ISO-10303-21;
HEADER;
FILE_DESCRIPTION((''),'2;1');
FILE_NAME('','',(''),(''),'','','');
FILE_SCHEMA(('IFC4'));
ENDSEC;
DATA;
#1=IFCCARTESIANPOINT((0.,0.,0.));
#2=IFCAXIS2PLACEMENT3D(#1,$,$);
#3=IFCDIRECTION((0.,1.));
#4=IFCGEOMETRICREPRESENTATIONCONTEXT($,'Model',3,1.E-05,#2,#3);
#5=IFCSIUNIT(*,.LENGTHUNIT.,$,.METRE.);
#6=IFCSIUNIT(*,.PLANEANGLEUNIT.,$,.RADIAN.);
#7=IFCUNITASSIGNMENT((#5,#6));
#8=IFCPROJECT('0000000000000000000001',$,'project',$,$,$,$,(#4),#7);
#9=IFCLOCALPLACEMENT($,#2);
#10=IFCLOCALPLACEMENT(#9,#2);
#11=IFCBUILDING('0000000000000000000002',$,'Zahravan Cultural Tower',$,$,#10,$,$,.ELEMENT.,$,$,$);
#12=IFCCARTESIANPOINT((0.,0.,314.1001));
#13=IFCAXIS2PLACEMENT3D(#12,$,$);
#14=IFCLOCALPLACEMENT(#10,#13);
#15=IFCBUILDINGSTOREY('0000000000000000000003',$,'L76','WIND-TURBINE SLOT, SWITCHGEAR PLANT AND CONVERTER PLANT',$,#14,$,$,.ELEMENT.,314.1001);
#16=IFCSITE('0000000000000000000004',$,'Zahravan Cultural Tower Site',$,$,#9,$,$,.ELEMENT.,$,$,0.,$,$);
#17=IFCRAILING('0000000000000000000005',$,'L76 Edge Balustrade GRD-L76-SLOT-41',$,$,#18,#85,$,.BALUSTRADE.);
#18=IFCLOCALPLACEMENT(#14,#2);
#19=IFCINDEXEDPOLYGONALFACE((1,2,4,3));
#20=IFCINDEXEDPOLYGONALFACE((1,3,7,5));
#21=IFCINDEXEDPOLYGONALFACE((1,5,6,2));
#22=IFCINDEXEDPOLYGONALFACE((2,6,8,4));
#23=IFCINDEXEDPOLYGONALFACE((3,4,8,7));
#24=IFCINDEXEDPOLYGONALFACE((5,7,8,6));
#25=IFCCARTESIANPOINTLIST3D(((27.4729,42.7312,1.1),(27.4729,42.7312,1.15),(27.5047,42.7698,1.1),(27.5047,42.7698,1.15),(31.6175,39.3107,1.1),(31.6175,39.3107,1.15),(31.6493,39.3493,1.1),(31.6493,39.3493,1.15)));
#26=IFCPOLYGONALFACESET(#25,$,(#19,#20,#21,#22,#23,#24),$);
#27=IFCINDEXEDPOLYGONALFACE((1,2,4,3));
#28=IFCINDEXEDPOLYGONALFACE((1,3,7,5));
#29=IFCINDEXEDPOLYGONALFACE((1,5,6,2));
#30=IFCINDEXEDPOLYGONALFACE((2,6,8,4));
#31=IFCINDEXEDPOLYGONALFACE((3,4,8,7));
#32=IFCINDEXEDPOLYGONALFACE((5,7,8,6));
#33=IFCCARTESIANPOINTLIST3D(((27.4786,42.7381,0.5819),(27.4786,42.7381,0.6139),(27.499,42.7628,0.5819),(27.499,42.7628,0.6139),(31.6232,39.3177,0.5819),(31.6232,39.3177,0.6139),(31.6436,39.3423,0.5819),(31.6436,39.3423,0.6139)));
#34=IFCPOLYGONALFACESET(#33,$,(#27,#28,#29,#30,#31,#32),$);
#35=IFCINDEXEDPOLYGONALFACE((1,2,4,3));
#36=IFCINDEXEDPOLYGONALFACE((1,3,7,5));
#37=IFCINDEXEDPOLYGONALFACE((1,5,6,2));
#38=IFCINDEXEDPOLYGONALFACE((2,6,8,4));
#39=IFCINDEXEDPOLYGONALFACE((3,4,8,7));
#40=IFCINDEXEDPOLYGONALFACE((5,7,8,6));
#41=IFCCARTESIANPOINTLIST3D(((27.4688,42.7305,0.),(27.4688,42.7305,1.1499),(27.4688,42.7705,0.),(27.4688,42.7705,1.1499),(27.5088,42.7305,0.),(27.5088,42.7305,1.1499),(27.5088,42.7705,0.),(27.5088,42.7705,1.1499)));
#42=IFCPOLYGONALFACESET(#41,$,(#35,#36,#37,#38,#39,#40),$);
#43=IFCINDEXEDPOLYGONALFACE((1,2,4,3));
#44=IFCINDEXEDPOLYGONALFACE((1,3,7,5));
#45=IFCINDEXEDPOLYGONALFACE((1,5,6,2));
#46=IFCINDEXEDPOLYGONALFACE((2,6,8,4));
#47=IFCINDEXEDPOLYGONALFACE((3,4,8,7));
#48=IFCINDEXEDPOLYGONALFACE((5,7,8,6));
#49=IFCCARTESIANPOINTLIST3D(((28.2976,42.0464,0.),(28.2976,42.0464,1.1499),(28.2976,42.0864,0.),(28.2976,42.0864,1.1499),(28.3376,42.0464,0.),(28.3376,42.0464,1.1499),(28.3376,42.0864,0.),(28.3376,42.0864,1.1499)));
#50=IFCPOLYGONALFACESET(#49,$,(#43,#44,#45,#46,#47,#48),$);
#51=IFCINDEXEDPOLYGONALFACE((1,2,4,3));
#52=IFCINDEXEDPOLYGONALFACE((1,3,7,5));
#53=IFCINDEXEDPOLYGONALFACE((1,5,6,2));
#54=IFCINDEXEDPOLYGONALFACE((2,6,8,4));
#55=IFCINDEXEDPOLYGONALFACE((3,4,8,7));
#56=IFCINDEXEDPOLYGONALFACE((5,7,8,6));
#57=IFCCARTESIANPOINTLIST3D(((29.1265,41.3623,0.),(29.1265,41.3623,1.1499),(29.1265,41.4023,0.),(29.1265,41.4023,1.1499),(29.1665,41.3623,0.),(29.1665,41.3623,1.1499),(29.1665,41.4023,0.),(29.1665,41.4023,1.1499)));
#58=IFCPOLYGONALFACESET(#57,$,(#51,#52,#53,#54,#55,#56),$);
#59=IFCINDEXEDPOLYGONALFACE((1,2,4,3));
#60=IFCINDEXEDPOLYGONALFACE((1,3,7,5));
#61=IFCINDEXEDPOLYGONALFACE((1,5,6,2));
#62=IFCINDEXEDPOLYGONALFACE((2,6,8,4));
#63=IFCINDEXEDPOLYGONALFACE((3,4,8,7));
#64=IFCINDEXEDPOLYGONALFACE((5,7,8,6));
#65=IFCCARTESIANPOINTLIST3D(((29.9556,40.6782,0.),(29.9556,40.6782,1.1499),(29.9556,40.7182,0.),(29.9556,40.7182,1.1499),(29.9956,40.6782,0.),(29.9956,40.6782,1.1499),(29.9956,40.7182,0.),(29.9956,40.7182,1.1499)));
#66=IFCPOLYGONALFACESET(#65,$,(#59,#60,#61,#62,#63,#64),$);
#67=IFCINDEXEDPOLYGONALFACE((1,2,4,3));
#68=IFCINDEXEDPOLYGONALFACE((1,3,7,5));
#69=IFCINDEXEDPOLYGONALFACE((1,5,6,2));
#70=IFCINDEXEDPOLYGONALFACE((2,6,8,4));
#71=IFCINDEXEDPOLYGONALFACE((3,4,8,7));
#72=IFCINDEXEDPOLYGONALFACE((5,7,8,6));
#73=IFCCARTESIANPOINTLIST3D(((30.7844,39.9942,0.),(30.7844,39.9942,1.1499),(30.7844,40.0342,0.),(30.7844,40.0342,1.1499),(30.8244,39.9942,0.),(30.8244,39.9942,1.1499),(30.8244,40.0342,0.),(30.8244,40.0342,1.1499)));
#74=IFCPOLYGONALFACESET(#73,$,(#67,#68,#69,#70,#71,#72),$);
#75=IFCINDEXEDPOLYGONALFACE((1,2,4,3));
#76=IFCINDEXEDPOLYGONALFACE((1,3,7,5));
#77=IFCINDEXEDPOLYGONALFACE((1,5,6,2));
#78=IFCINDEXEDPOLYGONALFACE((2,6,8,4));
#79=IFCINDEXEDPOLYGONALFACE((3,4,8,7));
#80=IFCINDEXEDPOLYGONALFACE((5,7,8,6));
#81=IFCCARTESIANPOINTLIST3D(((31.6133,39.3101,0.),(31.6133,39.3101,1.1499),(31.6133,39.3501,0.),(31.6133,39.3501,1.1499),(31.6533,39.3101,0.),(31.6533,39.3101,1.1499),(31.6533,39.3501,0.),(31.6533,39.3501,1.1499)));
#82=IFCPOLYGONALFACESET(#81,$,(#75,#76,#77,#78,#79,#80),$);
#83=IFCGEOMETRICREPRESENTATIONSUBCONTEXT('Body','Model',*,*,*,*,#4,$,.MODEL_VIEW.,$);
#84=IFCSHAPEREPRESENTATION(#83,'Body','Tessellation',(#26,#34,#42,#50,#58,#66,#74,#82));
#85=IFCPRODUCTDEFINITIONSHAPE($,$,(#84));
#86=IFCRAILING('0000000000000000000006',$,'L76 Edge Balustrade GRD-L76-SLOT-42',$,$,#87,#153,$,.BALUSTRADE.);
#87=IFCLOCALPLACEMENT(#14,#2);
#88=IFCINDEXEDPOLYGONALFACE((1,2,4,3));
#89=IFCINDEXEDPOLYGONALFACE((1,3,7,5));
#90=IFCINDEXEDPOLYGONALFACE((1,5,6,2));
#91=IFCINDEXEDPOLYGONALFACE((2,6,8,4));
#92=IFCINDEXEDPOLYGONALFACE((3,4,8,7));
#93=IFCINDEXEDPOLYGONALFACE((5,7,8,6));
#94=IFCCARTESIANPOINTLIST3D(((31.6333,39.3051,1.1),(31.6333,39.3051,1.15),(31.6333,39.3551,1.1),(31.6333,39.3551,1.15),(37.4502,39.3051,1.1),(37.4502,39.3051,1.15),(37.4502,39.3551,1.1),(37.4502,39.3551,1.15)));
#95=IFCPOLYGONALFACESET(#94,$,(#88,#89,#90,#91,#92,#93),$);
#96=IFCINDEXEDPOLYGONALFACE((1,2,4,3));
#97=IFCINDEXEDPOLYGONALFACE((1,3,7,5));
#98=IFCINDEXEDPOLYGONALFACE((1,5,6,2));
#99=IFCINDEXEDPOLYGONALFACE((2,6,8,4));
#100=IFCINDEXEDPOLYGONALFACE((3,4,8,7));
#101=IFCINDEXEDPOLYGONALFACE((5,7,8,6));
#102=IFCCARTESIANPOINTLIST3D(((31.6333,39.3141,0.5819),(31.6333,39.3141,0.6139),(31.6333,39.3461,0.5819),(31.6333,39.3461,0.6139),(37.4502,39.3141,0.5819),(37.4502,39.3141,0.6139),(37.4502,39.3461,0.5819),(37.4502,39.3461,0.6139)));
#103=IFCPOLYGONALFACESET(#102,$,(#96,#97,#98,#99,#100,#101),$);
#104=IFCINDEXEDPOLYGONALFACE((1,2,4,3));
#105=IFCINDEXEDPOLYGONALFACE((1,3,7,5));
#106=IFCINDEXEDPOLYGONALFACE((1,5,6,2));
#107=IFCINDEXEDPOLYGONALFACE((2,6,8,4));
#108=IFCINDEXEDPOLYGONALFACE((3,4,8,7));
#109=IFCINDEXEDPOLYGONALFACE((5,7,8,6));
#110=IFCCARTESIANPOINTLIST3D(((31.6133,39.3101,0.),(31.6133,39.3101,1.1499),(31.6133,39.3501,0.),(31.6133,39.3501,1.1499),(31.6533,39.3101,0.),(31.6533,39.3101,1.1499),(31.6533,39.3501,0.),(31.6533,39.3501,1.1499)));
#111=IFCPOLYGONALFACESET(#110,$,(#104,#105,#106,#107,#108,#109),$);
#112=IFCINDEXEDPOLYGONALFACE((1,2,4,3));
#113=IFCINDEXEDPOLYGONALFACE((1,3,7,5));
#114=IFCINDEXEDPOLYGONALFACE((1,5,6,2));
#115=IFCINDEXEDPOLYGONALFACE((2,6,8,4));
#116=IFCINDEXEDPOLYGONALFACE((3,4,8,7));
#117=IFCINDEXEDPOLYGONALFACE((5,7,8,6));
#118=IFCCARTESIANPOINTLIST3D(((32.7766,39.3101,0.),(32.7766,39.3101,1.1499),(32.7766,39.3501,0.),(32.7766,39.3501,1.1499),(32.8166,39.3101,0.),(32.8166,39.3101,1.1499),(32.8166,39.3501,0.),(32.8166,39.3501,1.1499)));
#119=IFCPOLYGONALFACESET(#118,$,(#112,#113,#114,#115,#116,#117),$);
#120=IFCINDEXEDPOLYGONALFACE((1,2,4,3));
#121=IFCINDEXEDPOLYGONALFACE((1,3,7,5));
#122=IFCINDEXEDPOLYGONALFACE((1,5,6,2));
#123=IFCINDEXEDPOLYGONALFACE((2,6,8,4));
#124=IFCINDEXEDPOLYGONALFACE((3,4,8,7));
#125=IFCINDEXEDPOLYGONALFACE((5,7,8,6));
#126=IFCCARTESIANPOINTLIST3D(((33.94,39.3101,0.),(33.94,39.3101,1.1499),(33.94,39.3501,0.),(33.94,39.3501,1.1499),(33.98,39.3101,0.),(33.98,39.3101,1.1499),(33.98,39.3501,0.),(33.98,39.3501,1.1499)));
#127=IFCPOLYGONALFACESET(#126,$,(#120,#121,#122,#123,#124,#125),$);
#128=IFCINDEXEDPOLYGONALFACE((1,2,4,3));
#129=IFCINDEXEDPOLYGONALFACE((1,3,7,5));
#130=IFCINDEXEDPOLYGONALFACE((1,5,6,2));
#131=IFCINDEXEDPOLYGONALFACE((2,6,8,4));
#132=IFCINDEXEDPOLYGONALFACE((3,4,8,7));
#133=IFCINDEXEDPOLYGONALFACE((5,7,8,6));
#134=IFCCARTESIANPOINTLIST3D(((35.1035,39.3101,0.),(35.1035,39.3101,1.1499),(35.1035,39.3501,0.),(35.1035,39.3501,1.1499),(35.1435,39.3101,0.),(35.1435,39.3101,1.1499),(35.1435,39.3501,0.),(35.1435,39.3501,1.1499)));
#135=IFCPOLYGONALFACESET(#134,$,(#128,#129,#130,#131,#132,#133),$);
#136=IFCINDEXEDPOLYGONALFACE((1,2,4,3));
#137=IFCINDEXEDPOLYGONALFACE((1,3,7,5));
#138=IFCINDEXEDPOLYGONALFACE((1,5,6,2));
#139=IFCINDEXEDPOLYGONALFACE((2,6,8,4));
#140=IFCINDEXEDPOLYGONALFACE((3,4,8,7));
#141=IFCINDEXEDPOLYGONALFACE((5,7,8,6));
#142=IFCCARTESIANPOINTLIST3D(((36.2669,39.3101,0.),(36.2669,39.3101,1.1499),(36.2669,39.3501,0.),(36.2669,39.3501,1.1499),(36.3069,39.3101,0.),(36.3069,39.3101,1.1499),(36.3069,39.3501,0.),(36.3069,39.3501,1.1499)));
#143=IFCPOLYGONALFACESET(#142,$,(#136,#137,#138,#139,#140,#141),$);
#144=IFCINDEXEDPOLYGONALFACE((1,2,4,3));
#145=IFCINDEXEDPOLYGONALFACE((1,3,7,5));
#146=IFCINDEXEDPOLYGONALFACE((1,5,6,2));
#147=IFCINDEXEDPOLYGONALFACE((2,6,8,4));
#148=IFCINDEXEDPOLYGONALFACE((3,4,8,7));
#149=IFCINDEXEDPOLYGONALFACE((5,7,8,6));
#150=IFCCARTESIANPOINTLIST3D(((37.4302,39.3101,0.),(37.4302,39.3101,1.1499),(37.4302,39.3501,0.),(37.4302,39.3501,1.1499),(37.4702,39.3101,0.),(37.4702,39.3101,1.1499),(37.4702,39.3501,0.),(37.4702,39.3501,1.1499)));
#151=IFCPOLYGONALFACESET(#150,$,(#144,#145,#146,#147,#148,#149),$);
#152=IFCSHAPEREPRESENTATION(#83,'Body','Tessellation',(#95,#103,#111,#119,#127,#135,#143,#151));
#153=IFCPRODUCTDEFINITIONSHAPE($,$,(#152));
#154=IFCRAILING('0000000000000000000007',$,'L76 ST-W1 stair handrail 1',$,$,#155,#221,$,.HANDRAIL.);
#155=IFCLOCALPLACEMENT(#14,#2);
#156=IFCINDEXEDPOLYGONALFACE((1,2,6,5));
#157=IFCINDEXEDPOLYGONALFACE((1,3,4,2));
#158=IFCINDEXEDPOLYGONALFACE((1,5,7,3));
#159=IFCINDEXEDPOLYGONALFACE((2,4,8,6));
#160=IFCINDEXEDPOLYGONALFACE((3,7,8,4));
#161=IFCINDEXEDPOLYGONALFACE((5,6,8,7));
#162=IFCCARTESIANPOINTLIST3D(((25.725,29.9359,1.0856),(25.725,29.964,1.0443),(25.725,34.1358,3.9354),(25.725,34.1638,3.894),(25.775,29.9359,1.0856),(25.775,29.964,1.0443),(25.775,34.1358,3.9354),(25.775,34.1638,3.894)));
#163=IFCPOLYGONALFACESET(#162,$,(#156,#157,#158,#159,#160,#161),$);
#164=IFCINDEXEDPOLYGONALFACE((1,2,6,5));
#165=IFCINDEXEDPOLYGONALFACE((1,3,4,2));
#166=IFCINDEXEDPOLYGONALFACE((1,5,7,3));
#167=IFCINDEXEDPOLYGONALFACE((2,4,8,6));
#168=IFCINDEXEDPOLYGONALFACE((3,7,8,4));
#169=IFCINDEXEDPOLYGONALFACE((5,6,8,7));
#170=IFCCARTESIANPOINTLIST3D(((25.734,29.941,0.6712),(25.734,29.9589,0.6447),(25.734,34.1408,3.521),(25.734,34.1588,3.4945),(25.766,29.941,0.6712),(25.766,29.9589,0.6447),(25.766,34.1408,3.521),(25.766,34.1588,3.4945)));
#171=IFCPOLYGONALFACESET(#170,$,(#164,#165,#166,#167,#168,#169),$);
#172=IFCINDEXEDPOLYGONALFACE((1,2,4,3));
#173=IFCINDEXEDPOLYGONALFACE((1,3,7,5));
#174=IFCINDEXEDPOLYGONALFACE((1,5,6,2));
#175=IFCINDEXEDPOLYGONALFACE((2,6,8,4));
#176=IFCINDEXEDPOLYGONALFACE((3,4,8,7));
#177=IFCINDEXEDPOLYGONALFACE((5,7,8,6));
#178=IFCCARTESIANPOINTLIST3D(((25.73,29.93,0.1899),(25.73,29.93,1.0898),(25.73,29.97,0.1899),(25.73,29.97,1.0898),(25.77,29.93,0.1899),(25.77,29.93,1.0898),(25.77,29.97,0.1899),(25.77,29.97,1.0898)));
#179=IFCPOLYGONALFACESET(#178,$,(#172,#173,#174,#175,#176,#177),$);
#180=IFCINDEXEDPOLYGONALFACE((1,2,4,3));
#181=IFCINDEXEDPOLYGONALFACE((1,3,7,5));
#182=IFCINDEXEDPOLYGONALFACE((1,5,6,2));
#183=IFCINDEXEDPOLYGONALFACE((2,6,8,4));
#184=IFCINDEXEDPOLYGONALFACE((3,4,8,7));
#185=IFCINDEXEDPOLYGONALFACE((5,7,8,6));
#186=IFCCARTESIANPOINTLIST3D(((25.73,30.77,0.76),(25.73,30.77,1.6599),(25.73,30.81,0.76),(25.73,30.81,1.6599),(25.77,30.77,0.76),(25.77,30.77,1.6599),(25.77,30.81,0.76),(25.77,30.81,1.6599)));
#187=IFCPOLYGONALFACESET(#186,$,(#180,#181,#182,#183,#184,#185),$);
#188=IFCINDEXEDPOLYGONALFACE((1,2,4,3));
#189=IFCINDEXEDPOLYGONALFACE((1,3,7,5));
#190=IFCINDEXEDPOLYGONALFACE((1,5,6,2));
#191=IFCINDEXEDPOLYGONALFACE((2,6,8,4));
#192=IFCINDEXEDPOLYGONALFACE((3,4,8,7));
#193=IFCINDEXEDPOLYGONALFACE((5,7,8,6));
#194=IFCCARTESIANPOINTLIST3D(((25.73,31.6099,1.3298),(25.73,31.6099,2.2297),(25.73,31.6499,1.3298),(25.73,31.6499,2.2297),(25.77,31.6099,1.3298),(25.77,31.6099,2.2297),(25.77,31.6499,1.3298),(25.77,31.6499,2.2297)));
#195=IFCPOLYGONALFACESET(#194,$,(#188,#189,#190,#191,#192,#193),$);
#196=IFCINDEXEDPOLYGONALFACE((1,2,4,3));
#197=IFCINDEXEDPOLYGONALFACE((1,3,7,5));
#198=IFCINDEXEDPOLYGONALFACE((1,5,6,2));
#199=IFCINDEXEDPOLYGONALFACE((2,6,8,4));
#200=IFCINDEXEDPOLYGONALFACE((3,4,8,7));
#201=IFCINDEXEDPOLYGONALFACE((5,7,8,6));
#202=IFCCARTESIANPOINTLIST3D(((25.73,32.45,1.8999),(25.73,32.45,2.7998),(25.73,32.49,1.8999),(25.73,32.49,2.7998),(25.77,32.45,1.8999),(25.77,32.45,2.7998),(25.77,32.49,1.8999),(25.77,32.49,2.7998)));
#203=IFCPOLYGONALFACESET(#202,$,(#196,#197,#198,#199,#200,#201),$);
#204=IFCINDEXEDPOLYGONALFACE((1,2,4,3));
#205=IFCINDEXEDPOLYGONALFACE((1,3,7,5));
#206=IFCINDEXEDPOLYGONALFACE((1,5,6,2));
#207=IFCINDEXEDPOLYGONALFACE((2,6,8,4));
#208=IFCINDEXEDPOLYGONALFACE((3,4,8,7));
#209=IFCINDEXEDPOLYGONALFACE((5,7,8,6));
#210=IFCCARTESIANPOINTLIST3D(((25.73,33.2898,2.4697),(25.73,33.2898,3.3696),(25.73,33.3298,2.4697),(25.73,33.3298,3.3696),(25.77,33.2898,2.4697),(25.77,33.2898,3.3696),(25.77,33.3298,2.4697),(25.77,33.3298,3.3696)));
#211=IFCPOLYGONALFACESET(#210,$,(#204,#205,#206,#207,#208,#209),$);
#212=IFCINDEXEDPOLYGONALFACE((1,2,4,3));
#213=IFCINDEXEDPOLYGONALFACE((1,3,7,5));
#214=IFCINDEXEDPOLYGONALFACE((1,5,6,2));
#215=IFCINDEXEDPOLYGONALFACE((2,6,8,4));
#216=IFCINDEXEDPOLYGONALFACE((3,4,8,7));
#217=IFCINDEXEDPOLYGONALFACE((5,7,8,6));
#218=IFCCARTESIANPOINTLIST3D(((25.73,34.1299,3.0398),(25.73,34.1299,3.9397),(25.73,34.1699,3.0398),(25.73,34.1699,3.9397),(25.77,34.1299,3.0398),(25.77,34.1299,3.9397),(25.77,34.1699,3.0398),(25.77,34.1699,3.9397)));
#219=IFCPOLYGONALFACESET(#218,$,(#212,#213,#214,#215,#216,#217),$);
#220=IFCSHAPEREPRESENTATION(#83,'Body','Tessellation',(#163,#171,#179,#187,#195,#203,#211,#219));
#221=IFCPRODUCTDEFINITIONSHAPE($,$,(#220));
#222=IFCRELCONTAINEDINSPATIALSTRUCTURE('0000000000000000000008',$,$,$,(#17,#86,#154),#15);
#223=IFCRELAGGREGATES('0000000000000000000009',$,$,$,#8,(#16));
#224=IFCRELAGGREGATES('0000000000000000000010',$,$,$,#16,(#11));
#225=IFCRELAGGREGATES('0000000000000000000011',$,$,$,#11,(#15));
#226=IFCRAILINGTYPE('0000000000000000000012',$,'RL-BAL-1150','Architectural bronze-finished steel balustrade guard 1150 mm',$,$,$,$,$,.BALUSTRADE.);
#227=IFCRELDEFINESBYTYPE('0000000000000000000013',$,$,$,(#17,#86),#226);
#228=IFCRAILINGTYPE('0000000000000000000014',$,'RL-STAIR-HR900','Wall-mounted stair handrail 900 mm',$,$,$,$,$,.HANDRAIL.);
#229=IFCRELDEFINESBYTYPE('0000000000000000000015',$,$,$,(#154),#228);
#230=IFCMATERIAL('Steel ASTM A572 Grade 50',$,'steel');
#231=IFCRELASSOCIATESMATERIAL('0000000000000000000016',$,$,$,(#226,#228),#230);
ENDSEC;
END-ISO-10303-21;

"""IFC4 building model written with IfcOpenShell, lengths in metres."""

from ifc_helpers import new_model, si_unit, direction, frame, origin, origin_2d, place, context, subcontext, project, spatial, rectangle, extrude, material, type_object, element, save


model = new_model("IFC4")

# Units and contexts
model_context = context("Model", 3, precision=1e-05, world=origin(), true_north=direction((0.0, 1.0)))
body_context = subcontext(model_context, "Body", "Model", "MODEL_VIEW")
ifc_project = project(units=[si_unit("LENGTHUNIT", "METRE"), si_unit("PLANEANGLEUNIT", "RADIAN")], contexts=[model_context])

# Site, building, storey
site_placement = place(None, origin())
site = spatial("IfcSite", under=ifc_project, at=site_placement, Name="Zahravan Cultural Tower Site", CompositionType="ELEMENT", RefElevation=0.0)
building_placement = place(site_placement, origin())
building = spatial("IfcBuilding", under=site, at=building_placement, Name="Zahravan Cultural Tower", CompositionType="ELEMENT")
storey_placement = place(building_placement, frame((0.0, 0.0, 314.1001)))
storey = spatial("IfcBuildingStorey", under=building, at=storey_placement, Name="L76", Description="WIND-TURBINE SLOT, SWITCHGEAR PLANT AND CONVERTER PLANT", CompositionType="ELEMENT", Elevation=314.1001)

# Shared definitions
ifc_material_1 = material(Name="Steel ASTM A572 Grade 50", Category="steel")

# Railings
railing_type_1 = type_object("IfcRailingType", Name="RL-BAL-1150", Description="Architectural bronze-finished steel balustrade guard 1150 mm", PredefinedType="BALUSTRADE", material=ifc_material_1)
railing_1_placement = place(storey_placement, frame((27.4888, 42.7505, 0.0)))
element("IfcRailing", 1, at=railing_1_placement, inside=storey, type_object=railing_type_1, Name="L76 Edge Balustrade GRD-L76-SLOT-41", PredefinedType="BALUSTRADE", context=body_context, shape_type="SweptSolid", body=[
    extrude(rectangle(XDim=0.05, YDim=0.05, at=origin_2d()), frame((0.0, 0.0, 1.125), z_axis=(0.771266, -0.636513, 0.0), x_axis=(0.636513, 0.771266, 0.0)), (0.0, 0.0, 1.0), 5.3738),
    extrude(rectangle(XDim=0.032, YDim=0.032, at=origin_2d()), frame((0.0, 0.0, 0.5979), z_axis=(0.771266, -0.636513, 0.0), x_axis=(0.636513, 0.771266, 0.0)), (0.0, 0.0, 1.0), 5.3738),
    extrude(rectangle(XDim=0.04, YDim=0.04, at=origin_2d()), origin(), (0.0, 0.0, 1.0), 1.1499),
    extrude(rectangle(XDim=0.04, YDim=0.04, at=origin_2d()), frame((0.8289, -0.6841, 0.0)), (0.0, 0.0, 1.0), 1.1499),
    extrude(rectangle(XDim=0.04, YDim=0.04, at=origin_2d()), frame((1.6577, -1.3682, 0.0)), (0.0, 0.0, 1.0), 1.1499),
    extrude(rectangle(XDim=0.04, YDim=0.04, at=origin_2d()), frame((2.4868, -2.0522, 0.0)), (0.0, 0.0, 1.0), 1.1499),
    extrude(rectangle(XDim=0.04, YDim=0.04, at=origin_2d()), frame((3.3157, -2.7363, 0.0)), (0.0, 0.0, 1.0), 1.1499),
    extrude(rectangle(XDim=0.04, YDim=0.04, at=origin_2d()), frame((4.1445, -3.4204, 0.0)), (0.0, 0.0, 1.0), 1.1499),
])
railing_2_placement = place(storey_placement, frame((31.6333, 39.3301, 0.0)))
element("IfcRailing", 2, at=railing_2_placement, inside=storey, type_object=railing_type_1, Name="L76 Edge Balustrade GRD-L76-SLOT-42", PredefinedType="BALUSTRADE", context=body_context, shape_type="SweptSolid", body=[
    extrude(rectangle(XDim=0.05, YDim=0.05, at=origin_2d()), frame((0.0, 0.0, 1.125), z_axis=(1.0, 0.0, 0.0), x_axis=(0.0, 1.0, 0.0)), (0.0, 0.0, 1.0), 5.8169),
    extrude(rectangle(XDim=0.032, YDim=0.032, at=origin_2d()), frame((0.0, 0.0, 0.5979), z_axis=(1.0, 0.0, 0.0), x_axis=(0.0, 1.0, 0.0)), (0.0, 0.0, 1.0), 5.8169),
    extrude(rectangle(XDim=0.04, YDim=0.04, at=origin_2d()), origin(), (0.0, 0.0, 1.0), 1.1499),
    extrude(rectangle(XDim=0.04, YDim=0.04, at=origin_2d()), frame((1.1633, 0.0, 0.0)), (0.0, 0.0, 1.0), 1.1499),
    extrude(rectangle(XDim=0.04, YDim=0.04, at=origin_2d()), frame((2.3267, 0.0, 0.0)), (0.0, 0.0, 1.0), 1.1499),
    extrude(rectangle(XDim=0.04, YDim=0.04, at=origin_2d()), frame((3.4902, 0.0, 0.0)), (0.0, 0.0, 1.0), 1.1499),
    extrude(rectangle(XDim=0.04, YDim=0.04, at=origin_2d()), frame((4.6536, 0.0, 0.0)), (0.0, 0.0, 1.0), 1.1499),
    extrude(rectangle(XDim=0.04, YDim=0.04, at=origin_2d()), frame((5.8169, 0.0, 0.0)), (0.0, 0.0, 1.0), 1.1499),
])
railing_type_2 = type_object("IfcRailingType", Name="RL-STAIR-HR900", Description="Wall-mounted stair handrail 900 mm", PredefinedType="HANDRAIL", material=ifc_material_1)
railing_3_placement = place(storey_placement, frame((25.75, 29.95, 0.1899)))
element("IfcRailing", 3, at=railing_3_placement, inside=storey, type_object=railing_type_2, Name="L76 ST-W1 stair handrail 1", PredefinedType="HANDRAIL", context=body_context, shape_type="SweptSolid", body=[
    extrude(rectangle(XDim=0.05, YDim=0.05, at=origin_2d()), frame((0.0, 0.0, 0.875), z_axis=(0.0, 0.827486, 0.561486), x_axis=(-1.0, 0.0, 0.0)), (0.0, 0.0, 1.0), 5.0754),
    extrude(rectangle(XDim=0.032, YDim=0.032, at=origin_2d()), frame((0.0, 0.0, 0.468), z_axis=(0.0, 0.827486, 0.561486), x_axis=(-1.0, 0.0, 0.0)), (0.0, 0.0, 1.0), 5.0754),
    extrude(rectangle(XDim=0.04, YDim=0.04, at=origin_2d()), origin(), (0.0, 0.0, 1.0), 0.8999),
    extrude(rectangle(XDim=0.04, YDim=0.04, at=origin_2d()), frame((0.0, 0.8401, 0.5701)), (0.0, 0.0, 1.0), 0.8999),
    extrude(rectangle(XDim=0.04, YDim=0.04, at=origin_2d()), frame((0.0, 1.6799, 1.1399)), (0.0, 0.0, 1.0), 0.8999),
    extrude(rectangle(XDim=0.04, YDim=0.04, at=origin_2d()), frame((0.0, 2.52, 1.71)), (0.0, 0.0, 1.0), 0.8999),
    extrude(rectangle(XDim=0.04, YDim=0.04, at=origin_2d()), frame((0.0, 3.3599, 2.2798)), (0.0, 0.0, 1.0), 0.8999),
    extrude(rectangle(XDim=0.04, YDim=0.04, at=origin_2d()), frame((0.0, 4.2, 2.8499)), (0.0, 0.0, 1.0), 0.8999),
])

save(model, "model.ifc")
